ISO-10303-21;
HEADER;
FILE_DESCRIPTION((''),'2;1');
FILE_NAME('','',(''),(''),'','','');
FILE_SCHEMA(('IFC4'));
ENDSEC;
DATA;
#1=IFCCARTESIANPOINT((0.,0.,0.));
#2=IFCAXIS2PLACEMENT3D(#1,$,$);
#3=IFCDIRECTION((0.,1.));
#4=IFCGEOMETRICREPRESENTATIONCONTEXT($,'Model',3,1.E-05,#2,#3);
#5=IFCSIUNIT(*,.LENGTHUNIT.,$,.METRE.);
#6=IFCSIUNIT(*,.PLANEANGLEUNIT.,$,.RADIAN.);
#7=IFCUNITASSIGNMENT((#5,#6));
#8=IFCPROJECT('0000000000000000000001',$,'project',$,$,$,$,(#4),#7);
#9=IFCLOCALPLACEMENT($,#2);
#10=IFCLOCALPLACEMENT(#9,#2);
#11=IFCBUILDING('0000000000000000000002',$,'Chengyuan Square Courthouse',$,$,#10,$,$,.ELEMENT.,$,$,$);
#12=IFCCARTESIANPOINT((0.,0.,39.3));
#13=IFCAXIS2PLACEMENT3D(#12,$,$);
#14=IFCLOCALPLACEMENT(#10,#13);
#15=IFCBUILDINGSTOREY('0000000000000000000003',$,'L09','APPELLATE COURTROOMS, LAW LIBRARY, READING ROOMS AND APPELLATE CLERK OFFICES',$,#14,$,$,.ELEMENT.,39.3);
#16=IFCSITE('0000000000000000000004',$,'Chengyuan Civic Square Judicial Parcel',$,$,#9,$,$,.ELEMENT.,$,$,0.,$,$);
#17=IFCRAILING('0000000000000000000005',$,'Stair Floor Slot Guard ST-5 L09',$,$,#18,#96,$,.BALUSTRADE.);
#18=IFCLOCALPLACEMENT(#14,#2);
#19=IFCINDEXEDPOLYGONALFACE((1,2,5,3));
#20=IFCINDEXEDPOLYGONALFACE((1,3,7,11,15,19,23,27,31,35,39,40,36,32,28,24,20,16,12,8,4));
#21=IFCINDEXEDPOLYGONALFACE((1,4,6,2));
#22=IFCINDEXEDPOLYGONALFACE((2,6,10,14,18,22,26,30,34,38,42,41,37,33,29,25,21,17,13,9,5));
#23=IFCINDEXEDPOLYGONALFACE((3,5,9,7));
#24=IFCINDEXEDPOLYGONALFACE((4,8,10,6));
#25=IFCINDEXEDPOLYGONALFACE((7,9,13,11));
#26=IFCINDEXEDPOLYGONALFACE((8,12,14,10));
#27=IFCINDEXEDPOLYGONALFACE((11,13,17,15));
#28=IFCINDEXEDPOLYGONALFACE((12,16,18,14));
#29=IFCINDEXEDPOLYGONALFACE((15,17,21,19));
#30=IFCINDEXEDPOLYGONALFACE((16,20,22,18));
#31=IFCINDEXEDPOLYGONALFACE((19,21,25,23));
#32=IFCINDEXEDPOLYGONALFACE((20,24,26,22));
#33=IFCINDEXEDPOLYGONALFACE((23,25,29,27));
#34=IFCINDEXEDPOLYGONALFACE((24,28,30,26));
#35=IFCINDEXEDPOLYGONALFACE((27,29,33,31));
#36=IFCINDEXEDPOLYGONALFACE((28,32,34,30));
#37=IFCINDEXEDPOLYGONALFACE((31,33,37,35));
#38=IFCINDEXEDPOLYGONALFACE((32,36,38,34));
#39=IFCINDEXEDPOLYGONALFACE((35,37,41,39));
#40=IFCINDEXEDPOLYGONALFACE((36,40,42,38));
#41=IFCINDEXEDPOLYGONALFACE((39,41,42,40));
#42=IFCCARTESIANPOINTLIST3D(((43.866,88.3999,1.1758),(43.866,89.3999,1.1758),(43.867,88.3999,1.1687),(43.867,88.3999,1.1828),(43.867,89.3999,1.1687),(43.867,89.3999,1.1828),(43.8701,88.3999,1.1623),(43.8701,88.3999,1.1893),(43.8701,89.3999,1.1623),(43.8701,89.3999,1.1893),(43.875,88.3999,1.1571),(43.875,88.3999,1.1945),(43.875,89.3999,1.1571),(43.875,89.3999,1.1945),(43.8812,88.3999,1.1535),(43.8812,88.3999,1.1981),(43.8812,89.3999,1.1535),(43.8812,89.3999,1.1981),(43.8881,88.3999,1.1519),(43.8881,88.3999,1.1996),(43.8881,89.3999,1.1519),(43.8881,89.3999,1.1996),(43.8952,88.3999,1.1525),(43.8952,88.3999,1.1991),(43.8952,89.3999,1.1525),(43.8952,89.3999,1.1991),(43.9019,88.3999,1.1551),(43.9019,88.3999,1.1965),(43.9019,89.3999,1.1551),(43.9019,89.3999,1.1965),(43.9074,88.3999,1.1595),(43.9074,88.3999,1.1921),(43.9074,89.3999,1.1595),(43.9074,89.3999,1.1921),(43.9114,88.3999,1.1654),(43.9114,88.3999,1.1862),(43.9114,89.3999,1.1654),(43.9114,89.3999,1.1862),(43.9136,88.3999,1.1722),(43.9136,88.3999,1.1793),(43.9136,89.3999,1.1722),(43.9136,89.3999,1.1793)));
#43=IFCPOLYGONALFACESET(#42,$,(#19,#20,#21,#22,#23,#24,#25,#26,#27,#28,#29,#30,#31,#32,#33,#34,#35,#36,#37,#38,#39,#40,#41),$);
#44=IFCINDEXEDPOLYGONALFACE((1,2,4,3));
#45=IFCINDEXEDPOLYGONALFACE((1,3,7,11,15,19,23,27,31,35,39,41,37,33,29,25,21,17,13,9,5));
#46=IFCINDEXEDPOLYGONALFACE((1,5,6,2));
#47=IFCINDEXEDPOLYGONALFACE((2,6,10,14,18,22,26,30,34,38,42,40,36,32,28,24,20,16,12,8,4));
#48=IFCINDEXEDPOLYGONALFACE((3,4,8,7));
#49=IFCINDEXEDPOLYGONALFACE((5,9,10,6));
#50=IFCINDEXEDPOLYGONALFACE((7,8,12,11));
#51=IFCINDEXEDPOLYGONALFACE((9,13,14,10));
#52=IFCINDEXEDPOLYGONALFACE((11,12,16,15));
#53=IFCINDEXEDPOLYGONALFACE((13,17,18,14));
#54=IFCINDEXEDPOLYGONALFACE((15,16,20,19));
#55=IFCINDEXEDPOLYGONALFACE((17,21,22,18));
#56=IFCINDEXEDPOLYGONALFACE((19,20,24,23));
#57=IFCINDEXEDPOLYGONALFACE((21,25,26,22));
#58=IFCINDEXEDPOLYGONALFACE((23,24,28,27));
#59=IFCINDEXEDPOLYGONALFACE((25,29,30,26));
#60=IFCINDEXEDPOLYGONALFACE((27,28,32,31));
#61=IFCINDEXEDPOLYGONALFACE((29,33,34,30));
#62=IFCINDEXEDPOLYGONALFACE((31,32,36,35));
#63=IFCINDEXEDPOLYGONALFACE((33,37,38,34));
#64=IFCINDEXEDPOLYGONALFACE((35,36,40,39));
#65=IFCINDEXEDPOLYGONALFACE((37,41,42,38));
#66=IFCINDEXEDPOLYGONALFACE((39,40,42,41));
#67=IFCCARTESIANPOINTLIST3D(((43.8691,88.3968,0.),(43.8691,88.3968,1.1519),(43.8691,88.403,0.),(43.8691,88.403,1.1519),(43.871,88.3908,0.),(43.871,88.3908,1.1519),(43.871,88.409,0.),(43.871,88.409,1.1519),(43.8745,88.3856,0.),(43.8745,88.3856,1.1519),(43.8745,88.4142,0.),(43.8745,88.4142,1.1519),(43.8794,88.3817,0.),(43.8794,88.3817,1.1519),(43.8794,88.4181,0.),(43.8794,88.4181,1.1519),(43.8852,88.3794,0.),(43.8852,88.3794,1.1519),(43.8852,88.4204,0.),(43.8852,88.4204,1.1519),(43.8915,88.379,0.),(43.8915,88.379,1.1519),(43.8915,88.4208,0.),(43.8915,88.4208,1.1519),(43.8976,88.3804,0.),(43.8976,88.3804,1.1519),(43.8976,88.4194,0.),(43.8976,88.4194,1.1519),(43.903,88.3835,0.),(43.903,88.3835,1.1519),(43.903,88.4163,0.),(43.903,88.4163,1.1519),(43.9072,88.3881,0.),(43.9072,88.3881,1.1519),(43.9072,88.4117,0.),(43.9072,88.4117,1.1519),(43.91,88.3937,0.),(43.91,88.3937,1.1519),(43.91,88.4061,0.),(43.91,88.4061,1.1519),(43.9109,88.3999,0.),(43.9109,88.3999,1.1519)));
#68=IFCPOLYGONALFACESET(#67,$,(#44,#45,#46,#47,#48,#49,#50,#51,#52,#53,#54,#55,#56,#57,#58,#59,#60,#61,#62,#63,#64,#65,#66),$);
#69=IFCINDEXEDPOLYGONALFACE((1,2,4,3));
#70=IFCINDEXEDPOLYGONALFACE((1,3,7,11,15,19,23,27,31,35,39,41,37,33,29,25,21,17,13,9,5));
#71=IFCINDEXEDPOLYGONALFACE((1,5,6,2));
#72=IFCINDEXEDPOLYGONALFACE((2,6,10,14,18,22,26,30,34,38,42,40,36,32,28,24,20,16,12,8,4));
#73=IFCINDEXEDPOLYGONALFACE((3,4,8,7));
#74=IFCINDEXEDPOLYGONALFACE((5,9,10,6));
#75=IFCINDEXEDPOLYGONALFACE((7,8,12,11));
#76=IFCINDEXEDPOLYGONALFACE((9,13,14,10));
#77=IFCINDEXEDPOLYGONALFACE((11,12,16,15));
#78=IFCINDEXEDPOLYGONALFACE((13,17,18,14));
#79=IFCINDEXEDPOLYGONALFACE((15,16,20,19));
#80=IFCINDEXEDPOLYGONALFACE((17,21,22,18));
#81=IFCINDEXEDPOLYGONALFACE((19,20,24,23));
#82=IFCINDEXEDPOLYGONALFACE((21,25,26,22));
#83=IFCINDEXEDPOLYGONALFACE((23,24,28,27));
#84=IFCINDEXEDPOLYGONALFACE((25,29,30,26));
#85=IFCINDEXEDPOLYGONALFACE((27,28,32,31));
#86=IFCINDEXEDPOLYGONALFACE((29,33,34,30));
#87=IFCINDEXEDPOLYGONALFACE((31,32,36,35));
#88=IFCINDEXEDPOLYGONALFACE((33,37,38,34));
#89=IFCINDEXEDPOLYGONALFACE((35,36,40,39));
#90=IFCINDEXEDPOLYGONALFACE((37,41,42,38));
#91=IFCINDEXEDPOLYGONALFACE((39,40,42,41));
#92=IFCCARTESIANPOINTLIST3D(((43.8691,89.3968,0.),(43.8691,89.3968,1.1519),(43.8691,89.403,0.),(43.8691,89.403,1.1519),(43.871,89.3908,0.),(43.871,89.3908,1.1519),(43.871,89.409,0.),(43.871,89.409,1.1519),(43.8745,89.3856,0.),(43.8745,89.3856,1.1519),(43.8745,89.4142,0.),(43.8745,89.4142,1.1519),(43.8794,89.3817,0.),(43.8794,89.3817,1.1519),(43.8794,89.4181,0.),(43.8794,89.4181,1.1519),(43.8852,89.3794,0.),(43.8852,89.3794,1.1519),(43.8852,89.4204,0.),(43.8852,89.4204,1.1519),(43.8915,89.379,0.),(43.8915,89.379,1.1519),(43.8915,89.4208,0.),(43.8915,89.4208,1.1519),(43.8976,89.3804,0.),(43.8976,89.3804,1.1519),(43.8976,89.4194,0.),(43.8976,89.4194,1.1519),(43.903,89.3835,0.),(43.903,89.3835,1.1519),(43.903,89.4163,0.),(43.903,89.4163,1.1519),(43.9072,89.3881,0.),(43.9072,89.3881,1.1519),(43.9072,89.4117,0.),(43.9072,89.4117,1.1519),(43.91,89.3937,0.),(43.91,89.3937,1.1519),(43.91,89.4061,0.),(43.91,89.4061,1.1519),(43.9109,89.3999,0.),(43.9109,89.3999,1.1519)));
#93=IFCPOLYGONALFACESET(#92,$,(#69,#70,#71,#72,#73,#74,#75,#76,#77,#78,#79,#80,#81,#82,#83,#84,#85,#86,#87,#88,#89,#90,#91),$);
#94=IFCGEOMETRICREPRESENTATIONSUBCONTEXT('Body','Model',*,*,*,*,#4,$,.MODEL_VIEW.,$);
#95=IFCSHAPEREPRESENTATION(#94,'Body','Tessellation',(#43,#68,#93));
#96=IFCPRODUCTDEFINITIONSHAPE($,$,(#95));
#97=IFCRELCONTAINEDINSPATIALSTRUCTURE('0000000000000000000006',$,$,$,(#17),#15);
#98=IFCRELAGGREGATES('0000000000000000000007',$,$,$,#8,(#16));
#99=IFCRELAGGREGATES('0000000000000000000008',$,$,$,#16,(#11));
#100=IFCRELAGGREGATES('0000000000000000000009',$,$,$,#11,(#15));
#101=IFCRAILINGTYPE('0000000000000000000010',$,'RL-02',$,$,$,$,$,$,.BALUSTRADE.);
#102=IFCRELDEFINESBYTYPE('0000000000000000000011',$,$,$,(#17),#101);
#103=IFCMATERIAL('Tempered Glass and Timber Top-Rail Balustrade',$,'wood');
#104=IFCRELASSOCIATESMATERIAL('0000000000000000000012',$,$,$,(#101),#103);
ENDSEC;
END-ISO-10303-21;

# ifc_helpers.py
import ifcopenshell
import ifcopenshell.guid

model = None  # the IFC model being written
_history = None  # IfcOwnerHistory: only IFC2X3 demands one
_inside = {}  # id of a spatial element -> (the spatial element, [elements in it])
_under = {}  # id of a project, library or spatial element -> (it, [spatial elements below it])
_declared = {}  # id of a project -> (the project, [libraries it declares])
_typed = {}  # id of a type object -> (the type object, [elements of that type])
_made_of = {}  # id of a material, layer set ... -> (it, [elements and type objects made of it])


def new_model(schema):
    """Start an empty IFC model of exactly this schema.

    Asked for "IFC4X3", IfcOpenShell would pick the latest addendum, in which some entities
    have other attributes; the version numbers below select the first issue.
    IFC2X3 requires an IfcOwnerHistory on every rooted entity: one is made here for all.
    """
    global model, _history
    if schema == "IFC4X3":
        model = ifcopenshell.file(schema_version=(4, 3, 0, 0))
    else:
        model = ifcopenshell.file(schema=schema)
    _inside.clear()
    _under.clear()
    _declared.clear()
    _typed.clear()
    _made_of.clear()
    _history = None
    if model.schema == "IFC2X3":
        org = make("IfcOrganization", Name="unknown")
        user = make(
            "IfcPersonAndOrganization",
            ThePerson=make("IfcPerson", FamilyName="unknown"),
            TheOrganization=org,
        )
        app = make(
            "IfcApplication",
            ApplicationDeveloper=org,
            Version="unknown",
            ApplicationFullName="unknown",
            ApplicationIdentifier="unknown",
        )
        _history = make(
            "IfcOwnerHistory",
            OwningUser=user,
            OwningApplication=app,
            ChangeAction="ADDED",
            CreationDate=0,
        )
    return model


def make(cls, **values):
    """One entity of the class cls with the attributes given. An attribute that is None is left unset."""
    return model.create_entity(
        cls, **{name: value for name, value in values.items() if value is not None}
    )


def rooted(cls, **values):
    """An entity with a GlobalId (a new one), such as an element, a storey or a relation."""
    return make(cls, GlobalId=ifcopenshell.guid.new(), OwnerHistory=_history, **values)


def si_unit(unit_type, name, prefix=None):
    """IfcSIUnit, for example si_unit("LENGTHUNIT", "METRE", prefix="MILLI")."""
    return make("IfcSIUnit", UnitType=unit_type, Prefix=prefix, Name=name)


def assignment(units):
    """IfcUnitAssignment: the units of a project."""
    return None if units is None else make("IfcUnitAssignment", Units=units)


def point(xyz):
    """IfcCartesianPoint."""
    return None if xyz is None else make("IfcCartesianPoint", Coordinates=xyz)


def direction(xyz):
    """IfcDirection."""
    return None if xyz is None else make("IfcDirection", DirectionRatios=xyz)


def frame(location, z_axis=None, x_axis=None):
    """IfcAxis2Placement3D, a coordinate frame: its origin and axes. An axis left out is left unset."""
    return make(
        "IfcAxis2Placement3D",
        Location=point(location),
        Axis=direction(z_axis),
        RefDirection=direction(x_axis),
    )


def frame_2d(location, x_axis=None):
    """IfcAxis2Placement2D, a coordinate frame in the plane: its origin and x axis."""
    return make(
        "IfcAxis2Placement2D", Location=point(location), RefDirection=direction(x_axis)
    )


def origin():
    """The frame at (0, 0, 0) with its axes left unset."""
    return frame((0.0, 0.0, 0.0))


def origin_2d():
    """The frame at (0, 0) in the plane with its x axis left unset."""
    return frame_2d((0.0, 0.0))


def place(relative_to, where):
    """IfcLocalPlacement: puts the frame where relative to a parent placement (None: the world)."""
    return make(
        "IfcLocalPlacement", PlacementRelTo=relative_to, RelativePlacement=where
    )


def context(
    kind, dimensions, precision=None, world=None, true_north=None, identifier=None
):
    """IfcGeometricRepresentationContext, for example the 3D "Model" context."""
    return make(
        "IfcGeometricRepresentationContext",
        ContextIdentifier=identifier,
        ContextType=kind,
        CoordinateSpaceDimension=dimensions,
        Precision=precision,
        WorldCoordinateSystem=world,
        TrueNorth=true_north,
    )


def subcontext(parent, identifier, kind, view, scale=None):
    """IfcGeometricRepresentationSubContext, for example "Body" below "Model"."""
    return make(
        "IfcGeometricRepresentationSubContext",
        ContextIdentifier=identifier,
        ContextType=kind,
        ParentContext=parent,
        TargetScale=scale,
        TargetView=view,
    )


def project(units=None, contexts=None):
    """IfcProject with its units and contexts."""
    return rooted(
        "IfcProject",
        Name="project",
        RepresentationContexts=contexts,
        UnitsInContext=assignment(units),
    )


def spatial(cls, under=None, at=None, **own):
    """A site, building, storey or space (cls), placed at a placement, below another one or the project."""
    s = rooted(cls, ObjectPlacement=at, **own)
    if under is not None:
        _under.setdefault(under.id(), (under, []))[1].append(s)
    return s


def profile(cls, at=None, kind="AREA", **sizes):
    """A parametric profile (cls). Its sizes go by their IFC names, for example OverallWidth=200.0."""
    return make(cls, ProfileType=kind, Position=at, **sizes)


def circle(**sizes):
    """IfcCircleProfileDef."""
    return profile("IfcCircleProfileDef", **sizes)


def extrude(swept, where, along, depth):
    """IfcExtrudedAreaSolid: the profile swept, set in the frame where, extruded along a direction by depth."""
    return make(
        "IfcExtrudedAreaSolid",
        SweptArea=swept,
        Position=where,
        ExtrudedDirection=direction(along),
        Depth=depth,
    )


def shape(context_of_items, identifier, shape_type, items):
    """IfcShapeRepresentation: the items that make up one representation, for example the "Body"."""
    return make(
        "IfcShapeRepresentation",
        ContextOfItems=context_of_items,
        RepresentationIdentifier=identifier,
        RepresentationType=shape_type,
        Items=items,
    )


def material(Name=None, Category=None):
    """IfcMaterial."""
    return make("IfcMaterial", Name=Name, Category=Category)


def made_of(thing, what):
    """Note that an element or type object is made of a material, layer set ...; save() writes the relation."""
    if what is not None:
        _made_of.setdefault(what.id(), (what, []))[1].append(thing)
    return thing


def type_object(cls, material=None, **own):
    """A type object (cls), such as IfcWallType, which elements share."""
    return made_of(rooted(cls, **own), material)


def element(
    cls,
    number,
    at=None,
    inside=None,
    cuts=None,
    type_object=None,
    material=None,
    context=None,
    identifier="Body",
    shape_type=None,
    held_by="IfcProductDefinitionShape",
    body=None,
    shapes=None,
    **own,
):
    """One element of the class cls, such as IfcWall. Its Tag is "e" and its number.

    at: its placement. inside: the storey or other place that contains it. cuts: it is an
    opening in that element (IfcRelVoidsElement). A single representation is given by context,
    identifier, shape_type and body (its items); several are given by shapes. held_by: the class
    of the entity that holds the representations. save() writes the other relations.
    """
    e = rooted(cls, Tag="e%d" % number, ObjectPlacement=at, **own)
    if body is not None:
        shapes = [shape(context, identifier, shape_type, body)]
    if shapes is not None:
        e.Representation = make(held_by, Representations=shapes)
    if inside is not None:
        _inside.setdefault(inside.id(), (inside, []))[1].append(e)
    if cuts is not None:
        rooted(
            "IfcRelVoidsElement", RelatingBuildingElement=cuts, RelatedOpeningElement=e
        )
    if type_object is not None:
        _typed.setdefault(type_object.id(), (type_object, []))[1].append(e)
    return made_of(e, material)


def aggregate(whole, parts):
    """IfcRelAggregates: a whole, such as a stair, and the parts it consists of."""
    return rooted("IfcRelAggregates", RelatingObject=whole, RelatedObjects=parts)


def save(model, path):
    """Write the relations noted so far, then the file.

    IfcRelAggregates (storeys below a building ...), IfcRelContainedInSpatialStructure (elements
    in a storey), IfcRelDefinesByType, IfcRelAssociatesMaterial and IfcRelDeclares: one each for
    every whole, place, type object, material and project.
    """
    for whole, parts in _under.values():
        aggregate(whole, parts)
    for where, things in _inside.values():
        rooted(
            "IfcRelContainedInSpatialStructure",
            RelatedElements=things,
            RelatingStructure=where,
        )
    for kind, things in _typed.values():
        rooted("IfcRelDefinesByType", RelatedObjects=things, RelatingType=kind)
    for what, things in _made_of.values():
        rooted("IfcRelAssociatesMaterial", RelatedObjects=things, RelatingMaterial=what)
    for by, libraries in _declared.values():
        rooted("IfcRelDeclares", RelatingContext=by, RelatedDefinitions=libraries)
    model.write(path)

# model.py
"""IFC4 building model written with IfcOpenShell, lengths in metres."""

from ifc_helpers import new_model, si_unit, direction, frame, origin, origin_2d, place, context, subcontext, project, spatial, circle, extrude, material, type_object, element, save


model = new_model("IFC4")

# Units and contexts
model_context = context("Model", 3, precision=1e-05, world=origin(), true_north=direction((0.0, 1.0)))
body_context = subcontext(model_context, "Body", "Model", "MODEL_VIEW")
ifc_project = project(units=[si_unit("LENGTHUNIT", "METRE"), si_unit("PLANEANGLEUNIT", "RADIAN")], contexts=[model_context])

# Site, building, storey
site_placement = place(None, origin())
site = spatial("IfcSite", under=ifc_project, at=site_placement, Name="Chengyuan Civic Square Judicial Parcel", CompositionType="ELEMENT", RefElevation=0.0)
building_placement = place(site_placement, origin())
building = spatial("IfcBuilding", under=site, at=building_placement, Name="Chengyuan Square Courthouse", CompositionType="ELEMENT")
storey_placement = place(building_placement, frame((0.0, 0.0, 39.3)))
storey = spatial("IfcBuildingStorey", under=building, at=storey_placement, Name="L09", Description="APPELLATE COURTROOMS, LAW LIBRARY, READING ROOMS AND APPELLATE CLERK OFFICES", CompositionType="ELEMENT", Elevation=39.3)

# Railing
ifc_material_1 = material(Name="Tempered Glass and Timber Top-Rail Balustrade", Category="wood")
railing_type_1 = type_object("IfcRailingType", Name="RL-02", PredefinedType="BALUSTRADE", material=ifc_material_1)
railing_1_placement = place(storey_placement, frame((43.8899, 88.3999, 0.0)))
element("IfcRailing", 1, at=railing_1_placement, inside=storey, type_object=railing_type_1, Name="Stair Floor Slot Guard ST-5 L09", PredefinedType="BALUSTRADE", context=body_context, shape_type="SweptSolid", body=[
    extrude(circle(Radius=0.0239, at=origin_2d()), frame((0.0, 0.0, 1.1758), z_axis=(0.0, 1.0, 0.0), x_axis=(-1.0, 0.0, 0.0)), (0.0, 0.0, 1.0), 1.0),
    extrude(circle(Radius=0.021, at=origin_2d()), origin(), (0.0, 0.0, 1.0), 1.1519),
    extrude(circle(Radius=0.021, at=origin_2d()), frame((0.0, 1.0, 0.0)), (0.0, 0.0, 1.0), 1.1519),
])

save(model, "model.ifc")
